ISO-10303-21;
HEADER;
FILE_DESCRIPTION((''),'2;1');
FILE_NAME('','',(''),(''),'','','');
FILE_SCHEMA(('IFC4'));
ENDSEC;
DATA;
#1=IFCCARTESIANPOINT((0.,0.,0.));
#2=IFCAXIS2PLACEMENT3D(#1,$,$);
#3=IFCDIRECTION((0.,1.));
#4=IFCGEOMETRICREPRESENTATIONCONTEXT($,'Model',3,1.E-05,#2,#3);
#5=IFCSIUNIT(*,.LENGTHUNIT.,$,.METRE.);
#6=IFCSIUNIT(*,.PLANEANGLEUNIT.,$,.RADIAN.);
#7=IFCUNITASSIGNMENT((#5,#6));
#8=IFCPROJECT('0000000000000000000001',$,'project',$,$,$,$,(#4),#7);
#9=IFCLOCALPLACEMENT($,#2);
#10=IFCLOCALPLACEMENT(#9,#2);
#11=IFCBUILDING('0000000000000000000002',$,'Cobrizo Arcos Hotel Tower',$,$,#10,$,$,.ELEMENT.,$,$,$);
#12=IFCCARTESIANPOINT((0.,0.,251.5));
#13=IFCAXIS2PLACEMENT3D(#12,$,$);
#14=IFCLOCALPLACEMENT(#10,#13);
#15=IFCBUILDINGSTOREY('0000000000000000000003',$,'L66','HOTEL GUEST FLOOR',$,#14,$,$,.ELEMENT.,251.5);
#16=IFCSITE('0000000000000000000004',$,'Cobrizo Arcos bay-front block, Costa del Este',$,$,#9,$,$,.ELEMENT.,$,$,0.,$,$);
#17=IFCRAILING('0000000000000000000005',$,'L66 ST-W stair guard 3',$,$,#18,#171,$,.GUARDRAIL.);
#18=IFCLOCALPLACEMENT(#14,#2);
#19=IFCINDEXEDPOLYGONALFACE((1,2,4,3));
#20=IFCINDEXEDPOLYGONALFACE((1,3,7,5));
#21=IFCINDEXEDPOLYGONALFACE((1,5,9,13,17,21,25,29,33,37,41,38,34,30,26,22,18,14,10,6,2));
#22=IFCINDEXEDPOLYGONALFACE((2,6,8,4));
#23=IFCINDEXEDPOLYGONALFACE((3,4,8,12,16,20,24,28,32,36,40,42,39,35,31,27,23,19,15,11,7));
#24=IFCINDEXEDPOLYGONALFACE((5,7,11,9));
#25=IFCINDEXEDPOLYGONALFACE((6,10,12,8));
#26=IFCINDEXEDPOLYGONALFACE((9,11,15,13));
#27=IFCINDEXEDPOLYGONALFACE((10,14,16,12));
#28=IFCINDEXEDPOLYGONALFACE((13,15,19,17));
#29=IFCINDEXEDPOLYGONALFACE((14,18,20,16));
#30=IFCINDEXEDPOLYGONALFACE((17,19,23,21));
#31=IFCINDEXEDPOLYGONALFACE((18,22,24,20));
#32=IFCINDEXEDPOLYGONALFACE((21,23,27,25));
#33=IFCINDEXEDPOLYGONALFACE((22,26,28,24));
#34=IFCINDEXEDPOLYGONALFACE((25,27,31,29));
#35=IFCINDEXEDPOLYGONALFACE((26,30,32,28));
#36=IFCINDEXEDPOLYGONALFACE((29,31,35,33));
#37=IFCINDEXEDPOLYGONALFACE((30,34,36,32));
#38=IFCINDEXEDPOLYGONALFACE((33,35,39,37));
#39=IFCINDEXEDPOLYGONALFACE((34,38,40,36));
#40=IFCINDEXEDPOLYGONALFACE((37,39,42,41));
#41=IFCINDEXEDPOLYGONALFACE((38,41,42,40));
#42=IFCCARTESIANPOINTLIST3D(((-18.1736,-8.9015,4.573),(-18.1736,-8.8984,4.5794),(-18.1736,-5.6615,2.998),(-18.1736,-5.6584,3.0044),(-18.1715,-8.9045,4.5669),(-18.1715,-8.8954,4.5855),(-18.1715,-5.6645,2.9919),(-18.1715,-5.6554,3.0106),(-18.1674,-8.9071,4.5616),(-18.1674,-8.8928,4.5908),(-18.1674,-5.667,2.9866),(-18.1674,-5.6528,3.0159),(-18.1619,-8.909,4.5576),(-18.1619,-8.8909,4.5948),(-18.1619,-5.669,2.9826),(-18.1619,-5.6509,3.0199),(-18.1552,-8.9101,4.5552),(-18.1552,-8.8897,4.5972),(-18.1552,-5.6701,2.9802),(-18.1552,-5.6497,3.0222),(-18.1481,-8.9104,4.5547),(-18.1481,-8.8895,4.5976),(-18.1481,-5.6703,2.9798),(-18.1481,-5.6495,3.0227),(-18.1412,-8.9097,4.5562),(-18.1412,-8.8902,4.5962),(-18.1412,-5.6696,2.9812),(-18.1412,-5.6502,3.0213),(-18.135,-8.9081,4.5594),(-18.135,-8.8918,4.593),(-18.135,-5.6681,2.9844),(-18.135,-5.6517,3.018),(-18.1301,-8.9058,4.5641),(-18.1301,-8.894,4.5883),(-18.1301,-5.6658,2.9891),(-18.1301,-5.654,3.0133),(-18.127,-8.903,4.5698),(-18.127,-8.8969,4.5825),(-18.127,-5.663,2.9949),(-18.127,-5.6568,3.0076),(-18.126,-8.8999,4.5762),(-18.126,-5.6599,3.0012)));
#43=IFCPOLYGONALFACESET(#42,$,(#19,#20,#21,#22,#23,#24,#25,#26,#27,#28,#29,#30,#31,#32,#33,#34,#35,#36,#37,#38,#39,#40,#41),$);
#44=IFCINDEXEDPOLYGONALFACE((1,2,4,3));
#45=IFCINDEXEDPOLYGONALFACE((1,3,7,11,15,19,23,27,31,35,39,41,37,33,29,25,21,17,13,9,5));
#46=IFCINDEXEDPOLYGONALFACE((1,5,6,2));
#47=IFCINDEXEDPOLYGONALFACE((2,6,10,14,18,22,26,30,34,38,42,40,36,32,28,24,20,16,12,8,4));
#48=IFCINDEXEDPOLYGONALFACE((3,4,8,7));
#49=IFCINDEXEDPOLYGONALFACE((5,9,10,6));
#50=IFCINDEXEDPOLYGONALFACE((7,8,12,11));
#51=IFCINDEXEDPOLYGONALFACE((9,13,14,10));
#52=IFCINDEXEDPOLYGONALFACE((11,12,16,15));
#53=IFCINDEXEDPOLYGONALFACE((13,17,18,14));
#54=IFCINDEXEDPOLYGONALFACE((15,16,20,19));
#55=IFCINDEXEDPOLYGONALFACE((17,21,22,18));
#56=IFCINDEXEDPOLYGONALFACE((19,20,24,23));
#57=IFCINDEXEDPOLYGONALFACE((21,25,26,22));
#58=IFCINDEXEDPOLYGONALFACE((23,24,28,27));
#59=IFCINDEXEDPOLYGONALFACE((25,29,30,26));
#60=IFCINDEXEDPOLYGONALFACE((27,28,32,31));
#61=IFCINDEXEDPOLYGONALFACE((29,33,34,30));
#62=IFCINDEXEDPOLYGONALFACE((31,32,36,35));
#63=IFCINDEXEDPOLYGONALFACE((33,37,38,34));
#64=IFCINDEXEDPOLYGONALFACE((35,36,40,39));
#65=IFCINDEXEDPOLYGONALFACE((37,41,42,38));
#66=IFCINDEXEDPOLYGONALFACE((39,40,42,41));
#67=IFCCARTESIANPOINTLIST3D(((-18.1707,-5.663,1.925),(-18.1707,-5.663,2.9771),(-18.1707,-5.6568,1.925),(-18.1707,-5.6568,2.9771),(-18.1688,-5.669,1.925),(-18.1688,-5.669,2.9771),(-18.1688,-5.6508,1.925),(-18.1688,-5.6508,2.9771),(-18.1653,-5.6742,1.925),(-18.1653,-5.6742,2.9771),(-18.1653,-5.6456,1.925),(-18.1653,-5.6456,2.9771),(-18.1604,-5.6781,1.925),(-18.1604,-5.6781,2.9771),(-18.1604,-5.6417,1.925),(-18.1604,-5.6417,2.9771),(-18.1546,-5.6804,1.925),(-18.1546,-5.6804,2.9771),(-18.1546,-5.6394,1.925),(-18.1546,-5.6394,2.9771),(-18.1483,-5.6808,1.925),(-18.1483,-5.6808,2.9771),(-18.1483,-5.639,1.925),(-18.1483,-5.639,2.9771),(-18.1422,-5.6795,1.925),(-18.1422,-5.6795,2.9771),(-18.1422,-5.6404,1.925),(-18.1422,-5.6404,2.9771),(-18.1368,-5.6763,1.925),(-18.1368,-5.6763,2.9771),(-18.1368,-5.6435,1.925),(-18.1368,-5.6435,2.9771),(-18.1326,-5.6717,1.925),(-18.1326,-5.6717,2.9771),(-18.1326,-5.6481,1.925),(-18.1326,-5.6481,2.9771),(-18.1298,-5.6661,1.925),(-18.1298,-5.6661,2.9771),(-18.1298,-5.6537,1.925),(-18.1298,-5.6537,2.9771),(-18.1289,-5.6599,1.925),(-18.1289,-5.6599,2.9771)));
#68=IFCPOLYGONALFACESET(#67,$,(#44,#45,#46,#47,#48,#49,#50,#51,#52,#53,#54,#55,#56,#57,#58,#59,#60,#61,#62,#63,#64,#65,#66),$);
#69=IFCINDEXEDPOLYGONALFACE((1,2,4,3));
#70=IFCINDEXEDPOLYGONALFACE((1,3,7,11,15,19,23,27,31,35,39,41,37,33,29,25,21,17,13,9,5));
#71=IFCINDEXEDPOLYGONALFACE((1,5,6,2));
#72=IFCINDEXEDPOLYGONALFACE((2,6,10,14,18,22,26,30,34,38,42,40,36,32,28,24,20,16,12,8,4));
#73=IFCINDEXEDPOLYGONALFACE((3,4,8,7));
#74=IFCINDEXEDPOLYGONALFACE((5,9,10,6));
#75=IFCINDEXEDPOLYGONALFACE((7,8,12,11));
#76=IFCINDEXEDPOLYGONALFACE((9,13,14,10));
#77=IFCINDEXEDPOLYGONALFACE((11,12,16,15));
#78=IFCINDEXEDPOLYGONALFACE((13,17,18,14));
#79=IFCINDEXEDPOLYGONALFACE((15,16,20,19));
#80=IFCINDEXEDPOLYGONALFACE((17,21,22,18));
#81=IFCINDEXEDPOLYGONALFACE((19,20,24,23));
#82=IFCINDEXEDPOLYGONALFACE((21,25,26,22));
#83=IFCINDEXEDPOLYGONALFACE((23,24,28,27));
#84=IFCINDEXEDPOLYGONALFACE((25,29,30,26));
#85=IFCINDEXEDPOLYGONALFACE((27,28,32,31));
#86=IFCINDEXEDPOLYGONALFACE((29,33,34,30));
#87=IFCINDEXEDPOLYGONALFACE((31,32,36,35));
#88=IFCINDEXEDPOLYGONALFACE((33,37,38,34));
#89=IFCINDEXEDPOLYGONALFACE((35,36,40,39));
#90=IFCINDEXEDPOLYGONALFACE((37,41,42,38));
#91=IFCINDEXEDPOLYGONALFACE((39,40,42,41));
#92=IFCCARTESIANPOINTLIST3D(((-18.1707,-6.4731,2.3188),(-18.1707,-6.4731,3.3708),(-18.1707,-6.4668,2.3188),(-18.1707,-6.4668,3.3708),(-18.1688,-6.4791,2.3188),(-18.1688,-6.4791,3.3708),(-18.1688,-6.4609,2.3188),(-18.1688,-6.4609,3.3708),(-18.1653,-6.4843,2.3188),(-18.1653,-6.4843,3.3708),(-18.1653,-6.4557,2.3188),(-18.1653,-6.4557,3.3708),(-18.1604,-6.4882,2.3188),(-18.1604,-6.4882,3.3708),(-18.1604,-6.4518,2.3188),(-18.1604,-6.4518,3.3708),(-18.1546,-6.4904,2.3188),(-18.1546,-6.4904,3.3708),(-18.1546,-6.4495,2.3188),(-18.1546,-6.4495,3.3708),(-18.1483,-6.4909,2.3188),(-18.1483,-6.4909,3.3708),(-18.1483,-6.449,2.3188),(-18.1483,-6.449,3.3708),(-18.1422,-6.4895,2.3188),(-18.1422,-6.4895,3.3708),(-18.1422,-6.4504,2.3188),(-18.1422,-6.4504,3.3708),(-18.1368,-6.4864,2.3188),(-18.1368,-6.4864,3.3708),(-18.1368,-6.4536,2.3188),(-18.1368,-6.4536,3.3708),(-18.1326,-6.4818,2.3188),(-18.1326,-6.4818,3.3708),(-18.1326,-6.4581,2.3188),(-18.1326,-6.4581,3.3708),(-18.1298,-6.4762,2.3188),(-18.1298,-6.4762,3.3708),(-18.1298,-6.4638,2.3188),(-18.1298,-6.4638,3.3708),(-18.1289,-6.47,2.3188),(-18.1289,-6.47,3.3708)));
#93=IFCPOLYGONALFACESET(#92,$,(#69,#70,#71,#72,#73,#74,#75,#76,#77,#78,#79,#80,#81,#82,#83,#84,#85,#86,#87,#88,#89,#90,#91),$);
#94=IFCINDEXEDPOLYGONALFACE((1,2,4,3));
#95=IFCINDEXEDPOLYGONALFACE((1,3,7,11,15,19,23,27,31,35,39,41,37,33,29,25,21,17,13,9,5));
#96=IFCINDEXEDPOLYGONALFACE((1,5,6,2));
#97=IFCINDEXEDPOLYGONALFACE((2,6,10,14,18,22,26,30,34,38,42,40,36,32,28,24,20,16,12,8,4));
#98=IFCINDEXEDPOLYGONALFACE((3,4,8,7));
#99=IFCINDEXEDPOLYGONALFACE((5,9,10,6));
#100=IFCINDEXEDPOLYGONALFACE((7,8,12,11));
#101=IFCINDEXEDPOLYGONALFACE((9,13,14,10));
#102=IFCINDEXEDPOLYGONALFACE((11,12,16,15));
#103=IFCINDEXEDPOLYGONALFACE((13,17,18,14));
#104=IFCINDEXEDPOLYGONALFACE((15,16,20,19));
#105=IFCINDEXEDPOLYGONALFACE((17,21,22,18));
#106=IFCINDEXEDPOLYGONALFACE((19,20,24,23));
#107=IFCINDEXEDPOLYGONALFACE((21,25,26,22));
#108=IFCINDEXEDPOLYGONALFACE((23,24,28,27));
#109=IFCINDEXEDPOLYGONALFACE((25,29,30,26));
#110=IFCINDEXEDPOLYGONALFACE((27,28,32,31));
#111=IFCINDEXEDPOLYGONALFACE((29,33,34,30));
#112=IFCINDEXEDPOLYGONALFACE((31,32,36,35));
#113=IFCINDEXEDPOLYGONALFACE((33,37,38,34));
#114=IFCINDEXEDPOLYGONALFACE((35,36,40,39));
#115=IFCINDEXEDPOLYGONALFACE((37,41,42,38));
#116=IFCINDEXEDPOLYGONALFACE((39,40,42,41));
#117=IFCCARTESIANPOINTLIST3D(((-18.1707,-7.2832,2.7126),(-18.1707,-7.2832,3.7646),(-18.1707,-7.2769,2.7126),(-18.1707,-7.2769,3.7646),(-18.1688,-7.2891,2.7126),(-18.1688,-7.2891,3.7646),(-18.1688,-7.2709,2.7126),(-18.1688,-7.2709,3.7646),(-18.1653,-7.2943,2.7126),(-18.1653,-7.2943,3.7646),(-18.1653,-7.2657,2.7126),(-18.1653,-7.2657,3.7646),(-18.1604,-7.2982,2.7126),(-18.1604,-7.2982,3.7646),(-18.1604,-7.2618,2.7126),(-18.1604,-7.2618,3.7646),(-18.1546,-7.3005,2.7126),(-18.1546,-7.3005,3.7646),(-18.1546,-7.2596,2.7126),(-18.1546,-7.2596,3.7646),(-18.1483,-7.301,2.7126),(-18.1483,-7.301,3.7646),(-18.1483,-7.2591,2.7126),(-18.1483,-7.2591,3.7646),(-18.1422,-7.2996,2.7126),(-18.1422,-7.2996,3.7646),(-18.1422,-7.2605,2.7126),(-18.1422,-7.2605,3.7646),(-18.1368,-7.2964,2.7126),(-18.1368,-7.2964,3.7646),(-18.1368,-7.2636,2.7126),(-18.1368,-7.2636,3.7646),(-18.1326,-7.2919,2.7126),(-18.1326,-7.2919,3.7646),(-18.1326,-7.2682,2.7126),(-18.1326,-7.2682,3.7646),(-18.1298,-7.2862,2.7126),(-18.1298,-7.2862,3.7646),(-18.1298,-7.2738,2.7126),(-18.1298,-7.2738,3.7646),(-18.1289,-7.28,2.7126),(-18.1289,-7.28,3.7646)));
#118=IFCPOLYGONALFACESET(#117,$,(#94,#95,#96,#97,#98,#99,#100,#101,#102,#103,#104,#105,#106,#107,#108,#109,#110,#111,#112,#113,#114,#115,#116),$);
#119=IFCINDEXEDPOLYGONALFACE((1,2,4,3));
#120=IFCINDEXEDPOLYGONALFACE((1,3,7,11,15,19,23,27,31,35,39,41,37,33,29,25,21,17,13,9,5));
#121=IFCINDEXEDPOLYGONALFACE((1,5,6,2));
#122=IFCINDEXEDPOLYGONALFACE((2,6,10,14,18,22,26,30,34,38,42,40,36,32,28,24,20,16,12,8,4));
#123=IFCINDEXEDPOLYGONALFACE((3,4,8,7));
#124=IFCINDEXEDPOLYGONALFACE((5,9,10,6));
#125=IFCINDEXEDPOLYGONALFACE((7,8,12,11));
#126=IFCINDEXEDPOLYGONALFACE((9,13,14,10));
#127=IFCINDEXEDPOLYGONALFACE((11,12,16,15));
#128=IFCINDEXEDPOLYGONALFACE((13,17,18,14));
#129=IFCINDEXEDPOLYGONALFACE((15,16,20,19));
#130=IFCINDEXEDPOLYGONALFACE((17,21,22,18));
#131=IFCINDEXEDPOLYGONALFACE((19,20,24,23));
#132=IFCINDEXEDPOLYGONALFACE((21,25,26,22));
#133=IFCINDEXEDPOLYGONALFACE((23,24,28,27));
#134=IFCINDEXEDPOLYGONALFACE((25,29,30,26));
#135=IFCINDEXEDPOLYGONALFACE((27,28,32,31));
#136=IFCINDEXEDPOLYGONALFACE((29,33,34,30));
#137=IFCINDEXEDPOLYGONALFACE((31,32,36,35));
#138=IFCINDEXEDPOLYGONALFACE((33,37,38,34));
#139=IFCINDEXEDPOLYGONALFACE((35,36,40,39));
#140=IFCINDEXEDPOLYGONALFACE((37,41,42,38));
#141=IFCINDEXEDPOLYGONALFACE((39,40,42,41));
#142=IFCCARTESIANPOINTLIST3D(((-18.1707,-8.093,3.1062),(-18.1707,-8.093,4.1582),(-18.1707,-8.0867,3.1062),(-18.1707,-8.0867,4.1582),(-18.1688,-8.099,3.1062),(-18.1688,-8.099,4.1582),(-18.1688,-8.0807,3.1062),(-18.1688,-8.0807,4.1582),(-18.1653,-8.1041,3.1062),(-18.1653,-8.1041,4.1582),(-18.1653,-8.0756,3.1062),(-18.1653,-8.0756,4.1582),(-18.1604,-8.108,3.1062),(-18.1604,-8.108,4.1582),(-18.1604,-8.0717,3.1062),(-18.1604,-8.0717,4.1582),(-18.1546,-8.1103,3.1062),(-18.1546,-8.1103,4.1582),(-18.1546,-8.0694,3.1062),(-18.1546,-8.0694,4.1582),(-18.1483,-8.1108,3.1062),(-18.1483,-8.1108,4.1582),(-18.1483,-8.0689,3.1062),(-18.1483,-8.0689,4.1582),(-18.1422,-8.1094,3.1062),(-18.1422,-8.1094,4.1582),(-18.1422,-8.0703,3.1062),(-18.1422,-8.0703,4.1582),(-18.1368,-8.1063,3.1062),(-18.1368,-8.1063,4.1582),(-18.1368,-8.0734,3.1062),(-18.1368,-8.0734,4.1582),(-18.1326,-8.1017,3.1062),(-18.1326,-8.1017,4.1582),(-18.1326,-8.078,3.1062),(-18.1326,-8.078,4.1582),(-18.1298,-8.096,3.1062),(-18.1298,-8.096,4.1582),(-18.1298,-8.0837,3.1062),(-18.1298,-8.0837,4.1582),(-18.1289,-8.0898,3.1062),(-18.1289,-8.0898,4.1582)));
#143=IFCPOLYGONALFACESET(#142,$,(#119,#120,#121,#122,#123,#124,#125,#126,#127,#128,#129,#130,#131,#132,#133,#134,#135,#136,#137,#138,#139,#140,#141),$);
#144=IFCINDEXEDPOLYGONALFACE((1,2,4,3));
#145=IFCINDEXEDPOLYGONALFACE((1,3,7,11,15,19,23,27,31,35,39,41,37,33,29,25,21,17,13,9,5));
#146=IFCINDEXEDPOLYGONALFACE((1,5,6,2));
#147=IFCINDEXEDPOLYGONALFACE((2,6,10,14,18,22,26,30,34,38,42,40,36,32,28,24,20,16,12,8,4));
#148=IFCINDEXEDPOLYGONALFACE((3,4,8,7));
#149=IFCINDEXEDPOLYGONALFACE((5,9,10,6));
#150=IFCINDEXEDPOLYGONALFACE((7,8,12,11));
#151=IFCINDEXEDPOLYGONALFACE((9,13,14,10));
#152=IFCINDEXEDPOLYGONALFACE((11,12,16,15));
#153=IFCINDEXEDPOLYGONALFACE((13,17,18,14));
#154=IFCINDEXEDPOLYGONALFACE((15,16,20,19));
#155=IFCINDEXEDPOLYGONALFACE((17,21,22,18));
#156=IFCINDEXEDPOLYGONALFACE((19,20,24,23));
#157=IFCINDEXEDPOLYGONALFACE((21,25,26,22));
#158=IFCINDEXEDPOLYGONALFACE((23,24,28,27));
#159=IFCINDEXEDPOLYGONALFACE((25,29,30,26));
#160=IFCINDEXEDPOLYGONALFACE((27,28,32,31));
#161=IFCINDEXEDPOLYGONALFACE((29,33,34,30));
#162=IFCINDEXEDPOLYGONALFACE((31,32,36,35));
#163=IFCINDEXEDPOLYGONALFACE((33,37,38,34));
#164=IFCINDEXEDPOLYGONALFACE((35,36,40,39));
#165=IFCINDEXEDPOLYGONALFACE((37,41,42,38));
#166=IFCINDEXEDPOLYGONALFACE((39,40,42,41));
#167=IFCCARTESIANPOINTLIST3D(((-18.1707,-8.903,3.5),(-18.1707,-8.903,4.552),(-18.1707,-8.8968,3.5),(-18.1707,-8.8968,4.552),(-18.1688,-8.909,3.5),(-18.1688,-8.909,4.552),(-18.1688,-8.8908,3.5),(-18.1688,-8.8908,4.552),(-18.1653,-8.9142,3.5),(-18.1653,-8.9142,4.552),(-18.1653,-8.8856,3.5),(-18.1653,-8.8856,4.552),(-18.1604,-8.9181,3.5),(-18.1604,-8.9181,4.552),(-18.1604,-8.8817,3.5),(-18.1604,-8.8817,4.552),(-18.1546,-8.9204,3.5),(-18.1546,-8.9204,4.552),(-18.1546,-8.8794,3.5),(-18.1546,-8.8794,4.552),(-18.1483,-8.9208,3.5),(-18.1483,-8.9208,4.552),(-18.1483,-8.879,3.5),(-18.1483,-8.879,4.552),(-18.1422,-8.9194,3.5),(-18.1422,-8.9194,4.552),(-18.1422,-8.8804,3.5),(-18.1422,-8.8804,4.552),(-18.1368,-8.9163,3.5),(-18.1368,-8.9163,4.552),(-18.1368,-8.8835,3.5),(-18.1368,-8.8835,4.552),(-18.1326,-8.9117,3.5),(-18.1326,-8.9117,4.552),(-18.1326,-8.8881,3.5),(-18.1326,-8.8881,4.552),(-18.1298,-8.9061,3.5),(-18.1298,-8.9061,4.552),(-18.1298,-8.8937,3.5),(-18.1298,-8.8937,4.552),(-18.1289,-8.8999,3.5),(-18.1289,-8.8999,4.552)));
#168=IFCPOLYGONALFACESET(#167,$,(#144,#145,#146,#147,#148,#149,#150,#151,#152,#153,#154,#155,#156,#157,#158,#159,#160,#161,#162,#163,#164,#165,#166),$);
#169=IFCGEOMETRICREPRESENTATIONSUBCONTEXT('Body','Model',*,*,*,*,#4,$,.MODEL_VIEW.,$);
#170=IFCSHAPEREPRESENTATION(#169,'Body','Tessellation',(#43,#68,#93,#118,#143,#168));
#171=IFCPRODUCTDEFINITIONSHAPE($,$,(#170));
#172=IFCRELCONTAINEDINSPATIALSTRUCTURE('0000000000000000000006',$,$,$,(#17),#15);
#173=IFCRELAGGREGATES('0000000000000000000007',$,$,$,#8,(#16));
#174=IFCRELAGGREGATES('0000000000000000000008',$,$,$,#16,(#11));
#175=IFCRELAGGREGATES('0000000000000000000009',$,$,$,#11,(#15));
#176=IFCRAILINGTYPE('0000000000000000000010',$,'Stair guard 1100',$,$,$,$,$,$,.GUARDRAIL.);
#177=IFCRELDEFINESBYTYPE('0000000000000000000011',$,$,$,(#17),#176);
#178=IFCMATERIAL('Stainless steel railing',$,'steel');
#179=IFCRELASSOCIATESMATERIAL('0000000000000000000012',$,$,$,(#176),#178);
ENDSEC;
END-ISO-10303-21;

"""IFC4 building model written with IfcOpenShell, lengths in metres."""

from ifc_helpers import new_model, si_unit, direction, frame, origin, origin_2d, place, context, subcontext, project, spatial, circle, extrude, material, type_object, element, save


model = new_model("IFC4")

# Units and contexts
model_context = context("Model", 3, precision=1e-05, world=origin(), true_north=direction((0.0, 1.0)))
body_context = subcontext(model_context, "Body", "Model", "MODEL_VIEW")
ifc_project = project(units=[si_unit("LENGTHUNIT", "METRE"), si_unit("PLANEANGLEUNIT", "RADIAN")], contexts=[model_context])

# Site, building, storey
site_placement = place(None, origin())
site = spatial("IfcSite", under=ifc_project, at=site_placement, Name="Cobrizo Arcos bay-front block, Costa del Este", CompositionType="ELEMENT", RefElevation=0.0)
building_placement = place(site_placement, origin())
building = spatial("IfcBuilding", under=site, at=building_placement, Name="Cobrizo Arcos Hotel Tower", CompositionType="ELEMENT")
storey_placement = place(building_placement, frame((0.0, 0.0, 251.5)))
storey = spatial("IfcBuildingStorey", under=building, at=storey_placement, Name="L66", Description="HOTEL GUEST FLOOR", CompositionType="ELEMENT", Elevation=251.5)

# Railing
ifc_material_1 = material(Name="Stainless steel railing", Category="steel")
railing_type_1 = type_object("IfcRailingType", Name="Stair guard 1100", PredefinedType="GUARDRAIL", material=ifc_material_1)
railing_1_placement = place(storey_placement, frame((-18.1499, -5.6599, 1.925)))
element("IfcRailing", 1, at=railing_1_placement, inside=storey, type_object=railing_type_1, Name="L66 ST-W stair guard 3", PredefinedType="GUARDRAIL", context=body_context, shape_type="SweptSolid", body=[
    extrude(circle(Radius=0.0239, at=origin_2d()), frame((0.0, 0.0, 1.0762), z_axis=(0.0, -0.899373, 0.437183), x_axis=(1.0, 0.0, 0.0)), (0.0, 0.0, 1.0), 3.6025),
    extrude(circle(Radius=0.021, at=origin_2d()), origin(), (0.0, 0.0, 1.0), 1.052),
    extrude(circle(Radius=0.021, at=origin_2d()), frame((0.0, -0.8101, 0.3938)), (0.0, 0.0, 1.0), 1.052),
    extrude(circle(Radius=0.021, at=origin_2d()), frame((0.0, -1.6201, 0.7876)), (0.0, 0.0, 1.0), 1.052),
    extrude(circle(Radius=0.021, at=origin_2d()), frame((0.0, -2.4299, 1.1812)), (0.0, 0.0, 1.0), 1.052),
    extrude(circle(Radius=0.021, at=origin_2d()), frame((0.0, -3.24, 1.575)), (0.0, 0.0, 1.0), 1.052),
])

save(model, "model.ifc")
